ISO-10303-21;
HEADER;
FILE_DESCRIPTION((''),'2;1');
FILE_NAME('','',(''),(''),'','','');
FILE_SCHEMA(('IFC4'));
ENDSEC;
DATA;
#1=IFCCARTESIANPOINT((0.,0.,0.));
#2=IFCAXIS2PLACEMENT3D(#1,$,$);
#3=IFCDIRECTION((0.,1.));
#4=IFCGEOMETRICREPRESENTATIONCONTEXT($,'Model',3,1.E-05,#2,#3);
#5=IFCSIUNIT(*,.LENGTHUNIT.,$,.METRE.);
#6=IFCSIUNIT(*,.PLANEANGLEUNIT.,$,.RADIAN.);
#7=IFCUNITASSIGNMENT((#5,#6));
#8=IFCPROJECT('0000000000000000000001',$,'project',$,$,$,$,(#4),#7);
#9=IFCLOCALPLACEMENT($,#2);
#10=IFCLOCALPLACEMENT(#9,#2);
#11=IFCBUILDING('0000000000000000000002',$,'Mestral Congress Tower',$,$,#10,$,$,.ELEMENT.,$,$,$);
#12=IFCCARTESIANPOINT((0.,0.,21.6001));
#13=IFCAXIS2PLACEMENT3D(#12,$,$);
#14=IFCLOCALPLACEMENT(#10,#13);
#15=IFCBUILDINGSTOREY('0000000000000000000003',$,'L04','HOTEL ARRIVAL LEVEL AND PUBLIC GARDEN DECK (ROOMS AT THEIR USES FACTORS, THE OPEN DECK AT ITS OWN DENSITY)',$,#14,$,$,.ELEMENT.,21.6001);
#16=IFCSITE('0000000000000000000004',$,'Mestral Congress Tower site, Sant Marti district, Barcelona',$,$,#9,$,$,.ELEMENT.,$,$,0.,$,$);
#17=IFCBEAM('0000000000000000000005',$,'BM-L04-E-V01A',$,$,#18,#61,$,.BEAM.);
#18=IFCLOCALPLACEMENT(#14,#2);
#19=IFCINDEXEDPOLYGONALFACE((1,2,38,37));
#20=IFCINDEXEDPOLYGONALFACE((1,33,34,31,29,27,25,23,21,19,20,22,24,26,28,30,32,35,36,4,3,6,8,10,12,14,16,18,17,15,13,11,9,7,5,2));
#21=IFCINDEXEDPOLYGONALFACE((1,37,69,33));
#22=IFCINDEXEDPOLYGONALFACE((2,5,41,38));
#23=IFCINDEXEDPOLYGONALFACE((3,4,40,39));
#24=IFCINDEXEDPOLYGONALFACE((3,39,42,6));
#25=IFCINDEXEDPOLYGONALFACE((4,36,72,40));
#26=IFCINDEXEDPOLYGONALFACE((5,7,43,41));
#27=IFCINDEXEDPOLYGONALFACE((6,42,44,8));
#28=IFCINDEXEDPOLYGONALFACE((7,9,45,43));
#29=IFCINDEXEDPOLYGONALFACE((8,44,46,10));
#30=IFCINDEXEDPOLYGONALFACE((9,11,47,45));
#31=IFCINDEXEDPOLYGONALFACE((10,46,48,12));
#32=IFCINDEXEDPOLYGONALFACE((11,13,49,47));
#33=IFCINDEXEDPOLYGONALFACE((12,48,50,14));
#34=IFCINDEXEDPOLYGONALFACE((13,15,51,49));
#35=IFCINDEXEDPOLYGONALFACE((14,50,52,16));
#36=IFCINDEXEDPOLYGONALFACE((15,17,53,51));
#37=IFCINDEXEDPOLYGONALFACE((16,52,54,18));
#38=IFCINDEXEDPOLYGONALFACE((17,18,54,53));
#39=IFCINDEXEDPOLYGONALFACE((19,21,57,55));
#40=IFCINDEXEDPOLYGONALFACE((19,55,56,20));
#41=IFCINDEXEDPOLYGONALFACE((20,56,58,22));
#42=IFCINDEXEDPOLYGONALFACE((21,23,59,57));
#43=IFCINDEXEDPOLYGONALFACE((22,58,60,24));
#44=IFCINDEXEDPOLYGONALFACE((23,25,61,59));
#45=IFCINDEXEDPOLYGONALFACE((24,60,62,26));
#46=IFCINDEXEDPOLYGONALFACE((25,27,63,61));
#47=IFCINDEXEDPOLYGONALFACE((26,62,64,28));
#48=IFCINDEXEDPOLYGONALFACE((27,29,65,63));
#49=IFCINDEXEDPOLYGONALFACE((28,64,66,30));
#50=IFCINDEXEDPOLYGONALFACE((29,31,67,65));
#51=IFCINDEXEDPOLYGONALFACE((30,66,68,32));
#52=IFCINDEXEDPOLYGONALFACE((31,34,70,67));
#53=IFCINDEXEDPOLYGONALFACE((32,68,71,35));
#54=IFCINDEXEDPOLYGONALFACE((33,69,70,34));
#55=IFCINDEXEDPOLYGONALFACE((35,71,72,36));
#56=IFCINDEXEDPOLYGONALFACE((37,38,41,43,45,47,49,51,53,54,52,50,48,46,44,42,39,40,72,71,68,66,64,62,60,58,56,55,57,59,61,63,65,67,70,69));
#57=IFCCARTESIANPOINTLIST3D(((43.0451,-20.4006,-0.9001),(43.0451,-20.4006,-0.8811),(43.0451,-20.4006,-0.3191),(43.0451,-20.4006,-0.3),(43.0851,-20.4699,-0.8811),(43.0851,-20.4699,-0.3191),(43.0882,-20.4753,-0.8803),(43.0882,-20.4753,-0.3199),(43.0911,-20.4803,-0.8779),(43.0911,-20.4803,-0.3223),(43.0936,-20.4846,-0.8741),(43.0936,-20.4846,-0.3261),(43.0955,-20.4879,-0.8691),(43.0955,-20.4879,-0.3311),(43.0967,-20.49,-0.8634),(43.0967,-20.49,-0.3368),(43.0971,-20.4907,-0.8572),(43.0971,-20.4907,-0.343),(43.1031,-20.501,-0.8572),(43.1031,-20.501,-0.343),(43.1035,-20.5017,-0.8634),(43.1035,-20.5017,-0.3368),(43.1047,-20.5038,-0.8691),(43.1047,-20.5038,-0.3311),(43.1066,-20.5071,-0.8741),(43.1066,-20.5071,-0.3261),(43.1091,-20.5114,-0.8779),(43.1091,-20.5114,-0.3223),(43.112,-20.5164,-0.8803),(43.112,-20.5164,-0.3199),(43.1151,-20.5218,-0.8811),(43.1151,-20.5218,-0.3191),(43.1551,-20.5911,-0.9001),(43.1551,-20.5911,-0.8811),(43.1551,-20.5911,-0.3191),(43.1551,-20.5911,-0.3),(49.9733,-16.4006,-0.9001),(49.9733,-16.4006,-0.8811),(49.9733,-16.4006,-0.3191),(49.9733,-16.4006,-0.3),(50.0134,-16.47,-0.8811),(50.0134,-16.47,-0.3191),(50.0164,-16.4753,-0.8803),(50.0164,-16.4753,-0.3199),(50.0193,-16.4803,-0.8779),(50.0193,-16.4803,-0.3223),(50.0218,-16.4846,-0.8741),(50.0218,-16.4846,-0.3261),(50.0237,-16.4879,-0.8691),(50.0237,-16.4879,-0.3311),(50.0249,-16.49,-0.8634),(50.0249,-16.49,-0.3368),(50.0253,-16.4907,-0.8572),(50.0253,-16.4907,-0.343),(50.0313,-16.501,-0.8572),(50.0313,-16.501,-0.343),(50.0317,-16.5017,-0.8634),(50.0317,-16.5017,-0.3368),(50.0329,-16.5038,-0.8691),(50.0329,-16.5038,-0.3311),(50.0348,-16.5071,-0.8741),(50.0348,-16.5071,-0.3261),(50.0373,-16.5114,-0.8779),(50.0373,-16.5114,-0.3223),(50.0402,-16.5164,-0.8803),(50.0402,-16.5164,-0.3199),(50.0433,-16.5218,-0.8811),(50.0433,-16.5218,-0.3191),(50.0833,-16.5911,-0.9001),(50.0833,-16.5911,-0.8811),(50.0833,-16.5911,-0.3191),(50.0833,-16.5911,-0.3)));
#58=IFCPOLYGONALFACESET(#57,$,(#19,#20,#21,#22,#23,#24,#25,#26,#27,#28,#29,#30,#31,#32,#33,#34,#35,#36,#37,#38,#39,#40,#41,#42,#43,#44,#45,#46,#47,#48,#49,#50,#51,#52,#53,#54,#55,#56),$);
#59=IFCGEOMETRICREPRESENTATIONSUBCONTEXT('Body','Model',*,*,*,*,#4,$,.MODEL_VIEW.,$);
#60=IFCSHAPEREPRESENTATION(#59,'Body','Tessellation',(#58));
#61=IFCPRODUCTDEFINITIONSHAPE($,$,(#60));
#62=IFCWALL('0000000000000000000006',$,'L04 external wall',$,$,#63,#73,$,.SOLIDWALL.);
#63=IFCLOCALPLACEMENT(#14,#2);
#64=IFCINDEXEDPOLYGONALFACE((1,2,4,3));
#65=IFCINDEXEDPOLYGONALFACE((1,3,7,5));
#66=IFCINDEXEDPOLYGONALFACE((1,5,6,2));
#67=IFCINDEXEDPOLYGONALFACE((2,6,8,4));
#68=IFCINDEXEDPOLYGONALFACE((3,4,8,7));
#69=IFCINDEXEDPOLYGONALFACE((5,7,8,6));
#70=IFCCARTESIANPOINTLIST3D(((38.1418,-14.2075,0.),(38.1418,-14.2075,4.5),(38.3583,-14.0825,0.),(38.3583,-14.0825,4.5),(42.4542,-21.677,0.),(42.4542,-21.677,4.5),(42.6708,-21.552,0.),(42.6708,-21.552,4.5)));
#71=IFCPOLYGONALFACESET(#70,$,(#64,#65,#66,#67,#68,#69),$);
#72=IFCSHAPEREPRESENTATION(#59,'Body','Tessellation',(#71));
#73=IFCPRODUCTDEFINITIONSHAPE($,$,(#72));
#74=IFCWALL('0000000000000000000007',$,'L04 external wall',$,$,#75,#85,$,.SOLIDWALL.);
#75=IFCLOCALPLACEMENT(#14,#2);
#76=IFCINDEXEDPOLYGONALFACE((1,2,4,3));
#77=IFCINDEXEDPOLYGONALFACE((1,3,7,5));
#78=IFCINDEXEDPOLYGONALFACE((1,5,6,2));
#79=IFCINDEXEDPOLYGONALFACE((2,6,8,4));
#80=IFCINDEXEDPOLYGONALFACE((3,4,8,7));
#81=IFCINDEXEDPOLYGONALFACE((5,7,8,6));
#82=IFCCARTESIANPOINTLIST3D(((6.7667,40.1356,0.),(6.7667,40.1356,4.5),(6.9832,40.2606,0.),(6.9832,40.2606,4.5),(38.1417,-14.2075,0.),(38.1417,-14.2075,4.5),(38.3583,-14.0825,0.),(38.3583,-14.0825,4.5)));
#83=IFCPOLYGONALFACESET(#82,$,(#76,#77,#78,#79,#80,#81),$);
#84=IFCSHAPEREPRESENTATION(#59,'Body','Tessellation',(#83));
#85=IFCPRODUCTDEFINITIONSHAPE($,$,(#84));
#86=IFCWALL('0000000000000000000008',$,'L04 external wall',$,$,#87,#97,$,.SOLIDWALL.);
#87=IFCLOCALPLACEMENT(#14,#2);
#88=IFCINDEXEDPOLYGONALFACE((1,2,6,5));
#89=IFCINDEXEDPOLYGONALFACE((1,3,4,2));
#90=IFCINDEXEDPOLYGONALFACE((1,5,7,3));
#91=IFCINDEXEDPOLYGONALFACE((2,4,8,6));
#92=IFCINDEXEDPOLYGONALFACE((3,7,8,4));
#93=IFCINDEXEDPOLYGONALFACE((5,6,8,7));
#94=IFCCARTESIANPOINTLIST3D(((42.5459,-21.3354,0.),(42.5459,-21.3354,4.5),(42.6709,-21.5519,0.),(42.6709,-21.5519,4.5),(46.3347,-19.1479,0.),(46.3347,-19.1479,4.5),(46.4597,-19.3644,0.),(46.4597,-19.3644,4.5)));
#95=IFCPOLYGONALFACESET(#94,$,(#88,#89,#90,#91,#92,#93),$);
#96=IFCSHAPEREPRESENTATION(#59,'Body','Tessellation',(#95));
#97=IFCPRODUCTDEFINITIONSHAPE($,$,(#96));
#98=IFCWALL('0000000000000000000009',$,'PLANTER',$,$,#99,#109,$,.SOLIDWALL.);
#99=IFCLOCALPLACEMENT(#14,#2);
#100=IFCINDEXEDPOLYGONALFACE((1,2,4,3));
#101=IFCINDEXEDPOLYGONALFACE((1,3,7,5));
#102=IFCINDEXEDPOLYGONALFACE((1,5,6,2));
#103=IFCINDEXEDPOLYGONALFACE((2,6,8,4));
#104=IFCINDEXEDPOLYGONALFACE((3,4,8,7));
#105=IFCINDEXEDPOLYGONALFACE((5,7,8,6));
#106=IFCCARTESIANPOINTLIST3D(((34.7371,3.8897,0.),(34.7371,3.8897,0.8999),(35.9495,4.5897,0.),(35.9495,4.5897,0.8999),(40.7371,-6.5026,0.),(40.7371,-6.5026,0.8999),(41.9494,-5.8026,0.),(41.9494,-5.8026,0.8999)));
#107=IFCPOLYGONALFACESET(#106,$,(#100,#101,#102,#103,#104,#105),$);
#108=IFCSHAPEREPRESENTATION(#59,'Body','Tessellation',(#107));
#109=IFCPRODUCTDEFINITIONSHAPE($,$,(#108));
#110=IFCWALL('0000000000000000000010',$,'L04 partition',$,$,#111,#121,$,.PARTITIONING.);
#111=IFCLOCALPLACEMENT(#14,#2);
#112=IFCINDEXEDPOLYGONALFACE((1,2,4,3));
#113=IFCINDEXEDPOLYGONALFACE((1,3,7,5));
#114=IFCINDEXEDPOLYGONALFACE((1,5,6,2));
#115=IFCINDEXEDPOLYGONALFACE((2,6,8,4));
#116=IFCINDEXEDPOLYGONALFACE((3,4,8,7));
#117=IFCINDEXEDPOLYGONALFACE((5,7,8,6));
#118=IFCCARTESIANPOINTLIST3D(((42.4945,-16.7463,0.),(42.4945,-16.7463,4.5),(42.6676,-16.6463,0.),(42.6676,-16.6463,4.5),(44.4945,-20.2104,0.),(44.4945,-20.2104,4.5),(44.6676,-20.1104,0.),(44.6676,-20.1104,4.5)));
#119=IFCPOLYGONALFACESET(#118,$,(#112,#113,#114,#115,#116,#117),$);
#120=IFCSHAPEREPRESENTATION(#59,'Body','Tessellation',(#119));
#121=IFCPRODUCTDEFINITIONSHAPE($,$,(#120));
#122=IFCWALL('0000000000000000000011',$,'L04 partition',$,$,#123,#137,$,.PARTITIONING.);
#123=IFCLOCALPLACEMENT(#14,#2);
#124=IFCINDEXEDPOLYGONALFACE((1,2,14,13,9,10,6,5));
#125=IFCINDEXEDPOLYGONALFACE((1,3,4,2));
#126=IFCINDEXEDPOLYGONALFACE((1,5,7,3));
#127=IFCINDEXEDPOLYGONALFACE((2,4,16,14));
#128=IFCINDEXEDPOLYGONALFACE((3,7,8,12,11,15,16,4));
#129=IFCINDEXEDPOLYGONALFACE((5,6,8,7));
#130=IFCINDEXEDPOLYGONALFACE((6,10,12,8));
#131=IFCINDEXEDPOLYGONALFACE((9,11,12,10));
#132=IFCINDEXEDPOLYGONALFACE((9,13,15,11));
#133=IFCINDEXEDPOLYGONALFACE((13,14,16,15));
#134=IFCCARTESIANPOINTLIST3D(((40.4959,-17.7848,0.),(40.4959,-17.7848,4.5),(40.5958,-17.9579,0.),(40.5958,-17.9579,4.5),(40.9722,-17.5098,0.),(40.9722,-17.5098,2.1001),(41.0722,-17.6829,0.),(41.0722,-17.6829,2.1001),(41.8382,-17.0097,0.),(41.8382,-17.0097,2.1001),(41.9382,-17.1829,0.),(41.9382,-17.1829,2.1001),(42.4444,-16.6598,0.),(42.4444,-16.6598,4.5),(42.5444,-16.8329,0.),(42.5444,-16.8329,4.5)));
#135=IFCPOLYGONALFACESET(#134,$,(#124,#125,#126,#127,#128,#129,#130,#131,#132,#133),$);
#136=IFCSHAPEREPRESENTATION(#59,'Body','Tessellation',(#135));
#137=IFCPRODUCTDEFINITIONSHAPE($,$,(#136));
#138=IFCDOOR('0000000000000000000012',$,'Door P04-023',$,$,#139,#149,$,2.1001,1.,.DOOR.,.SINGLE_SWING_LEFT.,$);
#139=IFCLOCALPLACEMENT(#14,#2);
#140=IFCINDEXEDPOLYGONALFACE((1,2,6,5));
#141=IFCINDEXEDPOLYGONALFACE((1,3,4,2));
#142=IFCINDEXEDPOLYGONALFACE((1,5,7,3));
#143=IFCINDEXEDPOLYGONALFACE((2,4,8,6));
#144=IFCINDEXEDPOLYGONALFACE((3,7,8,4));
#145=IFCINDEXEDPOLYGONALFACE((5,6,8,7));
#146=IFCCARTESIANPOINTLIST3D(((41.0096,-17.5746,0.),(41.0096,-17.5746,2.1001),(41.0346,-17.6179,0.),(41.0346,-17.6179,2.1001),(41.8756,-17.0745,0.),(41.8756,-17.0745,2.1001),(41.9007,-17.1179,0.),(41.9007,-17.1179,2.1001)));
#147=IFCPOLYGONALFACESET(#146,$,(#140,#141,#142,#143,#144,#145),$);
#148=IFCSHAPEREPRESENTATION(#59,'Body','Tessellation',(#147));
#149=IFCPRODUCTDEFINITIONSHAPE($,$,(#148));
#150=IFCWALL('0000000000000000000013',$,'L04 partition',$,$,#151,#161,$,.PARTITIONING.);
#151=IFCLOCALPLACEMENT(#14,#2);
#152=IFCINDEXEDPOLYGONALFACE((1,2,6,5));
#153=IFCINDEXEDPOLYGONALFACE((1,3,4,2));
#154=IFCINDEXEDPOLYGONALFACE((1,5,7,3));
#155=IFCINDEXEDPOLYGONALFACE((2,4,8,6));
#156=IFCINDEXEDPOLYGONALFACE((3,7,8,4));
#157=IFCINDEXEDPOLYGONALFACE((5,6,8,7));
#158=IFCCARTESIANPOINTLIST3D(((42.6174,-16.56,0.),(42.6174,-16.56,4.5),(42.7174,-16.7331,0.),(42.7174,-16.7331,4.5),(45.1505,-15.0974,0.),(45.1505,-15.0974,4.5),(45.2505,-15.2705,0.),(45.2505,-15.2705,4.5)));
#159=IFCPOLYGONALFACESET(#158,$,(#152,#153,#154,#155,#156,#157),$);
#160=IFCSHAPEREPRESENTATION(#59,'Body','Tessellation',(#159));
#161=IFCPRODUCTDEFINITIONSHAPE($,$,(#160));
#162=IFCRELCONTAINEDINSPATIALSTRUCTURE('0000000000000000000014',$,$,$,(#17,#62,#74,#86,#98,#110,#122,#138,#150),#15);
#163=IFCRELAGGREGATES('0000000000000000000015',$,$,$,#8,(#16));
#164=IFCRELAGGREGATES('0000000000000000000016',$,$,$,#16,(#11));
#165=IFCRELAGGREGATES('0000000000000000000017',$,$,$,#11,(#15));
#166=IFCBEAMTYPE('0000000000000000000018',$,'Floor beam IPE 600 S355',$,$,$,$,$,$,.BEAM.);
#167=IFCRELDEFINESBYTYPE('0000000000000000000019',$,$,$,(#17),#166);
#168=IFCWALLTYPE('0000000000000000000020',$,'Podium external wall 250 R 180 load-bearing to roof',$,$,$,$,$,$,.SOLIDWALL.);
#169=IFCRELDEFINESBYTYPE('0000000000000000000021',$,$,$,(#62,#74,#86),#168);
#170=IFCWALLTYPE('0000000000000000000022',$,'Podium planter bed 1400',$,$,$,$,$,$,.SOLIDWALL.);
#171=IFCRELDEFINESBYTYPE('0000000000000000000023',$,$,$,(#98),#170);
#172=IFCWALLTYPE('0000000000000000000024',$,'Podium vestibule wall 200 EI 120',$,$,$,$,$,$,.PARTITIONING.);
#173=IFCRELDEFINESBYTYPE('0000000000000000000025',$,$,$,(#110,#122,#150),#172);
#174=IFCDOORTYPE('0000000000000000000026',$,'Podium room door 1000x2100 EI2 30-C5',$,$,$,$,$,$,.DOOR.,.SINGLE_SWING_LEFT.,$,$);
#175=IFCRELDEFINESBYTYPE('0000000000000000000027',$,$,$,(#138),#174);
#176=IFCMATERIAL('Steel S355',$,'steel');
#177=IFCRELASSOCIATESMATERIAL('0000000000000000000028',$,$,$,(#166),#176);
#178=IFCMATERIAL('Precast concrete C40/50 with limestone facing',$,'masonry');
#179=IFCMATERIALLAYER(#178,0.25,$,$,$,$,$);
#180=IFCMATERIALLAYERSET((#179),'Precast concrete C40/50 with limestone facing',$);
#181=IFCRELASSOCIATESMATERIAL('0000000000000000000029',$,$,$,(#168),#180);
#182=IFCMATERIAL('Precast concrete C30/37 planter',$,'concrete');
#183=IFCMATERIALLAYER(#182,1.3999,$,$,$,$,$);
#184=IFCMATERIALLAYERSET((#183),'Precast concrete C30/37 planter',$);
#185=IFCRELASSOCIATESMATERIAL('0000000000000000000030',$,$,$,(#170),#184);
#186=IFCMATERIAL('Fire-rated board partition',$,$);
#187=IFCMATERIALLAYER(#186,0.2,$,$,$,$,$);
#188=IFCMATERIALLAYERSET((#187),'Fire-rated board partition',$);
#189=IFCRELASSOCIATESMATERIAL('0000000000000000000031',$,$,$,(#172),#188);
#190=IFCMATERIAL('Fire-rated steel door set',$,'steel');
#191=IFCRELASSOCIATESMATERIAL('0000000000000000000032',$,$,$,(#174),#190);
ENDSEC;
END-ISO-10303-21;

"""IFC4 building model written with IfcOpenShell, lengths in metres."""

from ifc_helpers import new_model, si_unit, direction, frame, frame_2d, origin, origin_2d, place, context, subcontext, project, spatial, rectangle, i_section, extrude, material, layer, layer_set, material_profile, profile_set, type_object, element, fill, save


model = new_model("IFC4")

# Units and contexts
model_context = context("Model", 3, precision=1e-05, world=origin(), true_north=direction((0.0, 1.0)))
body_context = subcontext(model_context, "Body", "Model", "MODEL_VIEW")
ifc_project = project(units=[si_unit("LENGTHUNIT", "METRE"), si_unit("PLANEANGLEUNIT", "RADIAN")], contexts=[model_context])

# Site, building, storey
site_placement = place(None, origin())
site = spatial("IfcSite", under=ifc_project, at=site_placement, Name="Mestral Congress Tower site, Sant Marti district, Barcelona", CompositionType="ELEMENT", RefElevation=0.0)
building_placement = place(site_placement, origin())
building = spatial("IfcBuilding", under=site, at=building_placement, Name="Mestral Congress Tower", CompositionType="ELEMENT")
storey_placement = place(building_placement, frame((0.0, 0.0, 21.6001)))
storey = spatial("IfcBuildingStorey", under=building, at=storey_placement, Name="L04", Description="HOTEL ARRIVAL LEVEL AND PUBLIC GARDEN DECK (ROOMS AT THEIR USES FACTORS, THE OPEN DECK AT ITS OWN DENSITY)", CompositionType="ELEMENT", Elevation=21.6001)

# Beam
ifc_material_1 = material(Name="Steel S355", Category="steel")
ifc_material_profile_1 = material_profile(ifc_material_1, i_section(OverallWidth=0.22, OverallDepth=0.6001, WebThickness=0.012, FlangeThickness=0.019, FilletRadius=0.0239, at=origin_2d()), Name="IPE 600")
ifc_profile_set_1 = profile_set([ifc_material_profile_1], Name="Steel S355")
beam_type_1 = type_object("IfcBeamType", Name="Floor beam IPE 600 S355", PredefinedType="BEAM", material=ifc_profile_set_1)
beam_1_placement = place(storey_placement, frame((43.1001, -20.4958, -0.6001), z_axis=(0.866026, 0.499999, 0.0), x_axis=(-0.499999, 0.866026, 0.0)))
element("IfcBeam", 1, at=beam_1_placement, inside=storey, type_object=beam_type_1, Name="BM-L04-E-V01A", PredefinedType="BEAM", context=body_context, shape_type="SweptSolid", body=[
    extrude(i_section(OverallWidth=0.22, OverallDepth=0.6001, WebThickness=0.012, FlangeThickness=0.019, FilletRadius=0.0239, at=origin_2d()), origin(), (0.0, 0.0, 1.0), 8.0),
])

# Walls
ifc_material_2 = material(Name="Precast concrete C40/50 with limestone facing", Category="masonry")
ifc_layer_1 = layer(ifc_material_2, 0.25)
ifc_layer_set_1 = layer_set([ifc_layer_1], Name="Precast concrete C40/50 with limestone facing")
wall_type_1 = type_object("IfcWallType", Name="Podium external wall 250 R 180 load-bearing to roof", PredefinedType="SOLIDWALL", material=ifc_layer_set_1)
wall_1_placement = place(storey_placement, frame((42.5625, -21.6145, 0.0), z_axis=(0.0, 0.0, 1.0), x_axis=(-0.499999, 0.866026, 0.0)))
element("IfcWall", 2, at=wall_1_placement, inside=storey, type_object=wall_type_1, Name="L04 external wall", PredefinedType="SOLIDWALL", context=body_context, shape_type="SweptSolid", body=[
    extrude(rectangle(XDim=8.625, YDim=0.25, at=frame_2d((4.3125, 0.0))), origin(), (0.0, 0.0, 1.0), 4.5),
])
wall_2_placement = place(storey_placement, frame((38.25, -14.145, 0.0), z_axis=(0.0, 0.0, 1.0), x_axis=(-0.500001, 0.866025, 0.0)))
element("IfcWall", 3, at=wall_2_placement, inside=storey, type_object=wall_type_1, Name="L04 external wall", PredefinedType="SOLIDWALL", context=body_context, shape_type="SweptSolid", body=[
    extrude(rectangle(XDim=62.75, YDim=0.25, at=frame_2d((31.375, 0.0))), origin(), (0.0, 0.0, 1.0), 4.5),
])
wall_3_placement = place(storey_placement, frame((46.3972, -19.2561, 0.0), z_axis=(0.0, 0.0, 1.0), x_axis=(-0.866023, -0.500004, 0.0)))
element("IfcWall", 4, at=wall_3_placement, inside=storey, type_object=wall_type_1, Name="L04 external wall", PredefinedType="SOLIDWALL", context=body_context, shape_type="SweptSolid", body=[
    extrude(rectangle(XDim=4.375, YDim=0.25, at=frame_2d((2.1875, 0.0))), origin(), (0.0, 0.0, 1.0), 4.5),
])
ifc_material_3 = material(Name="Precast concrete C30/37 planter", Category="concrete")
ifc_layer_2 = layer(ifc_material_3, 1.3999)
ifc_layer_set_2 = layer_set([ifc_layer_2], Name="Precast concrete C30/37 planter")
wall_type_2 = type_object("IfcWallType", Name="Podium planter bed 1400", PredefinedType="SOLIDWALL", material=ifc_layer_set_2)
wall_4_placement = place(storey_placement, frame((41.3433, -6.1526, 0.0), z_axis=(0.0, 0.0, 1.0), x_axis=(-0.499999, 0.866026, 0.0)))
element("IfcWall", 5, at=wall_4_placement, inside=storey, type_object=wall_type_2, Name="PLANTER", PredefinedType="SOLIDWALL", context=body_context, shape_type="SweptSolid", body=[
    extrude(rectangle(XDim=12.0, YDim=1.3999, at=frame_2d((6.0, 0.0))), origin(), (0.0, 0.0, 1.0), 0.8999),
])
ifc_material_4 = material(Name="Fire-rated board partition")
ifc_layer_3 = layer(ifc_material_4, 0.2)
ifc_layer_set_3 = layer_set([ifc_layer_3], Name="Fire-rated board partition")
wall_type_3 = type_object("IfcWallType", Name="Podium vestibule wall 200 EI 120", PredefinedType="PARTITIONING", material=ifc_layer_set_3)
wall_5_placement = place(storey_placement, frame((44.5811, -20.1604, 0.0), z_axis=(0.0, 0.0, 1.0), x_axis=(-0.499999, 0.866026, 0.0)))
element("IfcWall", 6, at=wall_5_placement, inside=storey, type_object=wall_type_3, Name="L04 partition", PredefinedType="PARTITIONING", context=body_context, shape_type="SweptSolid", body=[
    extrude(rectangle(XDim=4.0, YDim=0.2, at=frame_2d((2.0, 0.0))), origin(), (0.0, 0.0, 1.0), 4.5),
])

# Wall, opening, door
wall_6_placement = place(storey_placement, frame((42.4944, -16.7463, 0.0), z_axis=(0.0, 0.0, 1.0), x_axis=(-0.866018, -0.500014, 0.0)))
wall_6 = element("IfcWall", 7, at=wall_6_placement, inside=storey, type_object=wall_type_3, Name="L04 partition", PredefinedType="PARTITIONING", context=body_context, shape_type="SweptSolid", body=[
    extrude(rectangle(XDim=2.25, YDim=0.2, at=frame_2d((1.125, 0.0))), origin(), (0.0, 0.0, 1.0), 4.5),
])
opening_1_placement = place(wall_6_placement, frame((0.7, 0.0, 0.0)))
opening_1 = element("IfcOpeningElement", 8, at=opening_1_placement, cuts=wall_6, PredefinedType="OPENING", context=body_context, shape_type="SweptSolid", body=[
    extrude(rectangle(XDim=1.0, YDim=2.1001, at=frame_2d((0.5, 1.05))), frame((0.0, 0.1099, 0.0), z_axis=(0.0, -1.0, 0.0), x_axis=(1.0, 0.0, 0.0)), (0.0, 0.0, 1.0), 0.22),
])
ifc_material_5 = material(Name="Fire-rated steel door set", Category="steel")
door_type = type_object("IfcDoorType", Name="Podium room door 1000x2100 EI2 30-C5", OperationType="SINGLE_SWING_LEFT", PredefinedType="DOOR", material=ifc_material_5)
door_1_placement = place(opening_1_placement, origin())
door_1 = element("IfcDoor", 9, at=door_1_placement, inside=storey, type_object=door_type, Name="Door P04-023", OperationType="SINGLE_SWING_LEFT", OverallHeight=2.1001, OverallWidth=1.0, PredefinedType="DOOR", context=body_context, shape_type="SweptSolid", body=[
    extrude(rectangle(XDim=1.0, YDim=2.1001, at=frame_2d((0.5, 1.05))), frame((0.0, 0.0249, 0.0), z_axis=(0.0, -1.0, 0.0), x_axis=(1.0, 0.0, 0.0)), (0.0, 0.0, 1.0), 0.05),
])
fill(opening_1, door_1)

# Wall
wall_7_placement = place(storey_placement, frame((42.6675, -16.6465, 0.0), z_axis=(0.0, 0.0, 1.0), x_axis=(0.86601, 0.500026, 0.0)))
element("IfcWall", 10, at=wall_7_placement, inside=storey, type_object=wall_type_3, Name="L04 partition", PredefinedType="PARTITIONING", context=body_context, shape_type="SweptSolid", body=[
    extrude(rectangle(XDim=2.925, YDim=0.2, at=frame_2d((1.4624, 0.0))), origin(), (0.0, 0.0, 1.0), 4.5),
])

save(model, "model.ifc")
